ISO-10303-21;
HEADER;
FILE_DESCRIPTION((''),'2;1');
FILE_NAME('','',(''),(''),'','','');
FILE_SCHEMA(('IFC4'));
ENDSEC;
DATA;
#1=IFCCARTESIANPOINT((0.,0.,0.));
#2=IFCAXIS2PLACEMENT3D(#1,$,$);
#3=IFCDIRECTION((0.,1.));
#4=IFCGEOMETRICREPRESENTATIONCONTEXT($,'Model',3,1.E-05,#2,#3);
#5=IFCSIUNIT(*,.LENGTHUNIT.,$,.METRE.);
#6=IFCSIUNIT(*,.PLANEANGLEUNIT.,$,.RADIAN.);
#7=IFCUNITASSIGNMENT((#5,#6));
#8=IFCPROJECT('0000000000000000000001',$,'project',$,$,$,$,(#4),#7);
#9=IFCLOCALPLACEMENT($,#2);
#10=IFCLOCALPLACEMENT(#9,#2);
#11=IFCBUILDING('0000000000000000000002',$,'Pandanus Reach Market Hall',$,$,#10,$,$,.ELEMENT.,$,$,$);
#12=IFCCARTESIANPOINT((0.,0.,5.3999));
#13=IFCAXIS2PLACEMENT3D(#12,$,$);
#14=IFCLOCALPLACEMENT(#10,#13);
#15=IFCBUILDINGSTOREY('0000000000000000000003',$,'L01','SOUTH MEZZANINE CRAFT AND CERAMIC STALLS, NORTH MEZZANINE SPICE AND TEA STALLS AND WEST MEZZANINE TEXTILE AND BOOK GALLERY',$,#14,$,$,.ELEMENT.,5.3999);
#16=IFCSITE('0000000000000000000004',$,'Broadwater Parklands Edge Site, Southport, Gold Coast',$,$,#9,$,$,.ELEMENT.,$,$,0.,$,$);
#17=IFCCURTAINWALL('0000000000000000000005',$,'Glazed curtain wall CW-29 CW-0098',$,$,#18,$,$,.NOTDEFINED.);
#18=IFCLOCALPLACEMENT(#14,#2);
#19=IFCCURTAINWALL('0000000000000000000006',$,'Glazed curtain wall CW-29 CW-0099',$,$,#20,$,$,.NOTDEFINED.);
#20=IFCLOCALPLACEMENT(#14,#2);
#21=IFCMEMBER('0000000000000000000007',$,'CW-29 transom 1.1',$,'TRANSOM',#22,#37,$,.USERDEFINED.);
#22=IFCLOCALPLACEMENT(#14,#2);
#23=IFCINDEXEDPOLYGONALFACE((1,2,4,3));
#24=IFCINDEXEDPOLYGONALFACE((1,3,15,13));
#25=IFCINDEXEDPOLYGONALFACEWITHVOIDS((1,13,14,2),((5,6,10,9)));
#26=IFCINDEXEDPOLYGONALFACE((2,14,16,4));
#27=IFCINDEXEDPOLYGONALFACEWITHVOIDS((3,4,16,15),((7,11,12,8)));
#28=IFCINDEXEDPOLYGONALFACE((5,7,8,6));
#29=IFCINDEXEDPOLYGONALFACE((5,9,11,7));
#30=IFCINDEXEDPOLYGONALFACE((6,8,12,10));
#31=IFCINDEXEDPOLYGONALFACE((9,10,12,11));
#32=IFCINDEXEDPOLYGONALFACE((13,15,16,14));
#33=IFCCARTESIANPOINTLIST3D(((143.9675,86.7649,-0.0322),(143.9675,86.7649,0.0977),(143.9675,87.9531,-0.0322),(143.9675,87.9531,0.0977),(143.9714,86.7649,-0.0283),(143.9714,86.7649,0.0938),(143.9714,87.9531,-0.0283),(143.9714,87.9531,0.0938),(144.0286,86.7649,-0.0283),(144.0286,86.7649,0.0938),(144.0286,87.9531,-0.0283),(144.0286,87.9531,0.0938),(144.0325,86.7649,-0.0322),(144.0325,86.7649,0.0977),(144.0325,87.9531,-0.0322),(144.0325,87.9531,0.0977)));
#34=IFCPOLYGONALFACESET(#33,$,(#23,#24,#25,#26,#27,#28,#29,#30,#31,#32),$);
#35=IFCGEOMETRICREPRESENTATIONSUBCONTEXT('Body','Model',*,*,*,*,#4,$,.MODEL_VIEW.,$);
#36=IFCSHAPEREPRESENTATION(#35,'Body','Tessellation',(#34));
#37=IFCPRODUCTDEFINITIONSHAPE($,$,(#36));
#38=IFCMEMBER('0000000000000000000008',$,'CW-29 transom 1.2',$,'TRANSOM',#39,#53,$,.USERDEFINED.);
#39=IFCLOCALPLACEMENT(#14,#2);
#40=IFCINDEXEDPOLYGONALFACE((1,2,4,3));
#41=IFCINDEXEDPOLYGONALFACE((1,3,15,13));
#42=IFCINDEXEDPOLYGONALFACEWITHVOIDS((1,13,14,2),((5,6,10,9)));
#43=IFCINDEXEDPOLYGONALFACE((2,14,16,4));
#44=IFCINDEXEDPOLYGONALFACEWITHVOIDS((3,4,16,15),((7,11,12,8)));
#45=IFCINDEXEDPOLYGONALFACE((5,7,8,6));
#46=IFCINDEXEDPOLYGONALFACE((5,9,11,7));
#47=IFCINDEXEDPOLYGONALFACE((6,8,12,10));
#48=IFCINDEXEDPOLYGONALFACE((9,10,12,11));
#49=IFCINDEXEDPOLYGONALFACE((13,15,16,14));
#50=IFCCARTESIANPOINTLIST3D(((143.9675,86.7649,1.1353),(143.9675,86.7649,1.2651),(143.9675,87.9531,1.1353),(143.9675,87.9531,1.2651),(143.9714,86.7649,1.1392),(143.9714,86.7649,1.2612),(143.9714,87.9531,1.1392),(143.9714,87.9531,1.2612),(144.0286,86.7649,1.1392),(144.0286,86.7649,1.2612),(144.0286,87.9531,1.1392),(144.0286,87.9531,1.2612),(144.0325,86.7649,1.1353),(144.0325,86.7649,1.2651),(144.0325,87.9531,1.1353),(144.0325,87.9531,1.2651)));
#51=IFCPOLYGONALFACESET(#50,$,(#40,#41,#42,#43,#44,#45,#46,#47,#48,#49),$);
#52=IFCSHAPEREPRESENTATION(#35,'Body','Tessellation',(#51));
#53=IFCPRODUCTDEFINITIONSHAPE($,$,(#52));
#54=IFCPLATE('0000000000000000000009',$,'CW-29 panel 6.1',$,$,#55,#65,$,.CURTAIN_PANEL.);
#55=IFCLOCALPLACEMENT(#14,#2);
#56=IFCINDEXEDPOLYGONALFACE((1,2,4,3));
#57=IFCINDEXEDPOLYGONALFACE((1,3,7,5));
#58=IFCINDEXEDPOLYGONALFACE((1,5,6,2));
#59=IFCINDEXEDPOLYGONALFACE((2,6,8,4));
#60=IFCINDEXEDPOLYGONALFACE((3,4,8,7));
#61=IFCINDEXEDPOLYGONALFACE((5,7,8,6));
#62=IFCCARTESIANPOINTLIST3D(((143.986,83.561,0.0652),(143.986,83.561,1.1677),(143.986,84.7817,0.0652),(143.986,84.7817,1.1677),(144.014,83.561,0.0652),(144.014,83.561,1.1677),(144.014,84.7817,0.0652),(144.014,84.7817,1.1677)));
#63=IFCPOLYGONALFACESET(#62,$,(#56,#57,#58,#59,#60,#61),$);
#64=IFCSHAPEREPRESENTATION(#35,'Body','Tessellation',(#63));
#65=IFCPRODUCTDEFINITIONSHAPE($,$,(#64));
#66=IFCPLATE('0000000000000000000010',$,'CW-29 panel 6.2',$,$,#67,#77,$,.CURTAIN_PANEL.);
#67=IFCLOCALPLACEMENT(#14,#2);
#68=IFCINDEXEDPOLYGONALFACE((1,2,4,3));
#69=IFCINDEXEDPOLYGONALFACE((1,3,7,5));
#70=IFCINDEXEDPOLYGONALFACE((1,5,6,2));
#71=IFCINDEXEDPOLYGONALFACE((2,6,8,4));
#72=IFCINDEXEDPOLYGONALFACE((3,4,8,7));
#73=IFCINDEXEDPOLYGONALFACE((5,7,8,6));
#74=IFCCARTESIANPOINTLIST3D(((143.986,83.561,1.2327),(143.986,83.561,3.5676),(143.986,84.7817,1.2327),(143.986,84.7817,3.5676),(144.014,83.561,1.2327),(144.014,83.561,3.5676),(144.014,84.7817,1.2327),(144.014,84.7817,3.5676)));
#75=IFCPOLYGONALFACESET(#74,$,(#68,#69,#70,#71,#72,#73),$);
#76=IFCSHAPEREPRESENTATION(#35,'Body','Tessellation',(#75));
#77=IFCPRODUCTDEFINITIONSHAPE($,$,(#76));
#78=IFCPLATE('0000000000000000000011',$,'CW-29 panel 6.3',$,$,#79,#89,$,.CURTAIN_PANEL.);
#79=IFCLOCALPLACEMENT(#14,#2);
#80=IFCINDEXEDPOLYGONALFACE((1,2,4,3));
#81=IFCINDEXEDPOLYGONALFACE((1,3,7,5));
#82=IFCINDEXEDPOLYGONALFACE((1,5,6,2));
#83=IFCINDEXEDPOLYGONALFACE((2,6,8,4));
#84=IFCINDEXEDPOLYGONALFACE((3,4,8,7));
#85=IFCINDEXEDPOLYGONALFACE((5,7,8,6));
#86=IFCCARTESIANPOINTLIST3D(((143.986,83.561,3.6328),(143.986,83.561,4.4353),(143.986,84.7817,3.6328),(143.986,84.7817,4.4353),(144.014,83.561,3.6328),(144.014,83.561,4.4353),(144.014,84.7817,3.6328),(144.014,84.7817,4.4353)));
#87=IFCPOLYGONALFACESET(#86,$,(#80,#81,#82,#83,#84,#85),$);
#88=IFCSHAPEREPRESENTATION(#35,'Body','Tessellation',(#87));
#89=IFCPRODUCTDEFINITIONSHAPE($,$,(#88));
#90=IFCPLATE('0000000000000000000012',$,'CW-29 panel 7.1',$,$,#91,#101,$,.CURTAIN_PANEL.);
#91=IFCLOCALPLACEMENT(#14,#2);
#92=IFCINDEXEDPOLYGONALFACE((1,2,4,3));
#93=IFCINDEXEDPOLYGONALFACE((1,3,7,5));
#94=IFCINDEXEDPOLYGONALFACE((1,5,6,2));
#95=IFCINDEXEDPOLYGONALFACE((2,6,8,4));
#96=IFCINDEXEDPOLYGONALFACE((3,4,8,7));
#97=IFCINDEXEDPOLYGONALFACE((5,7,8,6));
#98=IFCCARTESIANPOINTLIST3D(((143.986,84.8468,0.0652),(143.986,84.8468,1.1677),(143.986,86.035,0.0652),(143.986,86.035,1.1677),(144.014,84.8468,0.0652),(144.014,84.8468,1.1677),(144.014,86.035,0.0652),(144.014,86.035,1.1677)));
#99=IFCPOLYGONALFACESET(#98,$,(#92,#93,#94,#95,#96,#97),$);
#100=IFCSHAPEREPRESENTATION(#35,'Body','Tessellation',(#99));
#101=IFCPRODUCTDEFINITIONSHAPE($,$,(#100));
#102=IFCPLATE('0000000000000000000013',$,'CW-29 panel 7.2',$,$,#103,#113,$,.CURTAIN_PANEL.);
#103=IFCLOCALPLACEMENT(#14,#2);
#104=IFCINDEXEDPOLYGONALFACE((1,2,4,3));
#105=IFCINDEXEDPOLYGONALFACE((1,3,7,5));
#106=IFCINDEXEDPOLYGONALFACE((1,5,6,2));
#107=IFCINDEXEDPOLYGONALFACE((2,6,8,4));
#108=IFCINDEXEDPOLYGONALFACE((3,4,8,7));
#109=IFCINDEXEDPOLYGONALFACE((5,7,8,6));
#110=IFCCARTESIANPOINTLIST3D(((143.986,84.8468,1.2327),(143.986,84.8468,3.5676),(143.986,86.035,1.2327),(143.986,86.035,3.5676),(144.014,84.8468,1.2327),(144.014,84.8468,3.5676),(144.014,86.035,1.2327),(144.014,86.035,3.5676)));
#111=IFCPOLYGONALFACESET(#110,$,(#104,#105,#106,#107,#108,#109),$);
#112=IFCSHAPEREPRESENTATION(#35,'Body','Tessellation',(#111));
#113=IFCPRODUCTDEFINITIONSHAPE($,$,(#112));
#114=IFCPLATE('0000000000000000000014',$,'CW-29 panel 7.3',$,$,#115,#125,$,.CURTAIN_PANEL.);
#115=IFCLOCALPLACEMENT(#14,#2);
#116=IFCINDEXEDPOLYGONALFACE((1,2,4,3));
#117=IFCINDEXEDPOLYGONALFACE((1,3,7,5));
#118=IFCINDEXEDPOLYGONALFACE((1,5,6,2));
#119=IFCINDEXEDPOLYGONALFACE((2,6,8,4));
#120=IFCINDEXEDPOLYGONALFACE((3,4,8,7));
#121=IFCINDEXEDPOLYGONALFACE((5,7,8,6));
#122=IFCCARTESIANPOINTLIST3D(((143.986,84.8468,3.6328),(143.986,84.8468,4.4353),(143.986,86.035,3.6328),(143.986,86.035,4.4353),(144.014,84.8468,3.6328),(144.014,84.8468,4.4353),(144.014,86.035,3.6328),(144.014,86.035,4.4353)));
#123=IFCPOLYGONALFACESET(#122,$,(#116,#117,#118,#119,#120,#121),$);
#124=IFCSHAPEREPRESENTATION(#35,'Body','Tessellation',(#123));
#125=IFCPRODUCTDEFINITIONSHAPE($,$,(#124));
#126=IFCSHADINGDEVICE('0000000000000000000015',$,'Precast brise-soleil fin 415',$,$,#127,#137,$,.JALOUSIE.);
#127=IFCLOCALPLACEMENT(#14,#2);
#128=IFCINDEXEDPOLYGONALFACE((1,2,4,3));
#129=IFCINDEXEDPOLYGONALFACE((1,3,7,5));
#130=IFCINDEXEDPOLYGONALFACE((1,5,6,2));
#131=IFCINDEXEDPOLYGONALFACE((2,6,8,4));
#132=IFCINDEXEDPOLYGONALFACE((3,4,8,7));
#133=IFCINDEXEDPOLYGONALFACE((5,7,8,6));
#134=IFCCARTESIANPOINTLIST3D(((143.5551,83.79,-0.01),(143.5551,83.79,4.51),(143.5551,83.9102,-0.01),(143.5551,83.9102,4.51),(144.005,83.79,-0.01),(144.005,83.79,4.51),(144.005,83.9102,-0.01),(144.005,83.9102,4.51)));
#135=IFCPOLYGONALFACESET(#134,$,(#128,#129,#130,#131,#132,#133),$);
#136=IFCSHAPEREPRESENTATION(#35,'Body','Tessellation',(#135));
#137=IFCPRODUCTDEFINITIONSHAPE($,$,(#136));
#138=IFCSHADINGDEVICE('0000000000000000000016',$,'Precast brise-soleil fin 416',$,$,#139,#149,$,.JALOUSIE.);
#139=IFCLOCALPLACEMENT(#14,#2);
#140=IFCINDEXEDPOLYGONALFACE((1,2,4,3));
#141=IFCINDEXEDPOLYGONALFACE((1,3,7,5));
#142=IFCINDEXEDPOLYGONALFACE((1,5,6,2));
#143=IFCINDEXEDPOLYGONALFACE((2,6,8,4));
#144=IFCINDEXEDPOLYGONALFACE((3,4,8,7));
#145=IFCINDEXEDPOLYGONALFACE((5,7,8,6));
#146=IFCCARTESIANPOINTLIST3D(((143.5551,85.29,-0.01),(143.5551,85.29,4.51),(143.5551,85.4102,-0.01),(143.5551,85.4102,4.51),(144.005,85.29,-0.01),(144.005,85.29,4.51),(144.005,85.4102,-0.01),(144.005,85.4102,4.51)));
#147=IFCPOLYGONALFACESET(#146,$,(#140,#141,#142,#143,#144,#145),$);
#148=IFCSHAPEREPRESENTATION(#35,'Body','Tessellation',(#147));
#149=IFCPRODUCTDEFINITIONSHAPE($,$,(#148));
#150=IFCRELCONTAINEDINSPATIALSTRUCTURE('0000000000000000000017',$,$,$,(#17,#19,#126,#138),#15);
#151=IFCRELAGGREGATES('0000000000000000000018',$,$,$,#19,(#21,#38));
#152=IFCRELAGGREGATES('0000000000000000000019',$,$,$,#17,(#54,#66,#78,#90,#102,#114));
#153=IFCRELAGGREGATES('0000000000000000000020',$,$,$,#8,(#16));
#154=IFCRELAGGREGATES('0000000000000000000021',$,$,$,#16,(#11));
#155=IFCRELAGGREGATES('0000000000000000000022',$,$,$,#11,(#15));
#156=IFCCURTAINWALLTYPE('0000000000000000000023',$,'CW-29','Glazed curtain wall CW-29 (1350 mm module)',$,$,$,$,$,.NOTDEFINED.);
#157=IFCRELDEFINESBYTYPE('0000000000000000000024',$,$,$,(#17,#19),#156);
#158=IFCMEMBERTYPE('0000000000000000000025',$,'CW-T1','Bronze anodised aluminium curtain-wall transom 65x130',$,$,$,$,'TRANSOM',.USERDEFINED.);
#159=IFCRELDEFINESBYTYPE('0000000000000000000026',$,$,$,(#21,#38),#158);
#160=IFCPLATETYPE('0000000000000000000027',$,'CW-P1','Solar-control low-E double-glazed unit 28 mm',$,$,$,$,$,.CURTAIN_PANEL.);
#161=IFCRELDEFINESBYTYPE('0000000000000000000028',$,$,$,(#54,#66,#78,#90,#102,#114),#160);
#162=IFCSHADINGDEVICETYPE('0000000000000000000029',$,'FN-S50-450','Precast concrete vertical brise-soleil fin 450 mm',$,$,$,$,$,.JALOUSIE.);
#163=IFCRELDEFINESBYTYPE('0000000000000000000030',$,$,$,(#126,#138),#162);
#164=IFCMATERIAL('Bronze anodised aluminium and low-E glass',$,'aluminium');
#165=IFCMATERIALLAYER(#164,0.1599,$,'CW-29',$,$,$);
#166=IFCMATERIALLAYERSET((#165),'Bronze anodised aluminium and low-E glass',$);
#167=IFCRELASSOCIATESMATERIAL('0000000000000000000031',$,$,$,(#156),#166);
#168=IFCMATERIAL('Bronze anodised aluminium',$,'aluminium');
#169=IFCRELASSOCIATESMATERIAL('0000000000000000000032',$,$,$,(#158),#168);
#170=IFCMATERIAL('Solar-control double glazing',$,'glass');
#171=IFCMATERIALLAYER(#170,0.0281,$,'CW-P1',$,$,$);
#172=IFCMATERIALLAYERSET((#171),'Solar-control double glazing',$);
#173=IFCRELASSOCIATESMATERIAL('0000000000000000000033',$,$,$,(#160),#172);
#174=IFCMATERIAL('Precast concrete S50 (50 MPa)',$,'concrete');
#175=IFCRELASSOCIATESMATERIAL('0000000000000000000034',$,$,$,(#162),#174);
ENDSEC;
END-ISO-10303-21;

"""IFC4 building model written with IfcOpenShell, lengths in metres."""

from ifc_helpers import new_model, si_unit, direction, frame, origin, origin_2d, place, context, subcontext, project, spatial, rectangle, hollow_rectangle, extrude, material, layer, layer_set, material_profile, profile_set, type_object, element, aggregate, save


model = new_model("IFC4")

# Units and contexts
model_context = context("Model", 3, precision=1e-05, world=origin(), true_north=direction((0.0, 1.0)))
body_context = subcontext(model_context, "Body", "Model", "MODEL_VIEW")
ifc_project = project(units=[si_unit("LENGTHUNIT", "METRE"), si_unit("PLANEANGLEUNIT", "RADIAN")], contexts=[model_context])

# Site, building, storey
site_placement = place(None, origin())
site = spatial("IfcSite", under=ifc_project, at=site_placement, Name="Broadwater Parklands Edge Site, Southport, Gold Coast", CompositionType="ELEMENT", RefElevation=0.0)
building_placement = place(site_placement, origin())
building = spatial("IfcBuilding", under=site, at=building_placement, Name="Pandanus Reach Market Hall", CompositionType="ELEMENT")
storey_placement = place(building_placement, frame((0.0, 0.0, 5.3999)))
storey = spatial("IfcBuildingStorey", under=building, at=storey_placement, Name="L01", Description="SOUTH MEZZANINE CRAFT AND CERAMIC STALLS, NORTH MEZZANINE SPICE AND TEA STALLS AND WEST MEZZANINE TEXTILE AND BOOK GALLERY", CompositionType="ELEMENT", Elevation=5.3999)

# Curtain wall
ifc_material_1 = material(Name="Bronze anodised aluminium and low-E glass", Category="aluminium")
ifc_layer_1 = layer(ifc_material_1, 0.1599, Name="CW-29")
ifc_layer_set_1 = layer_set([ifc_layer_1], Name="Bronze anodised aluminium and low-E glass")
curtain_wall_type = type_object("IfcCurtainWallType", Name="CW-29", Description="Glazed curtain wall CW-29 (1350 mm module)", PredefinedType="NOTDEFINED", material=ifc_layer_set_1)
curtain_wall_1_placement = place(storey_placement, origin())
curtain_wall_1 = element("IfcCurtainWall", 1, at=curtain_wall_1_placement, inside=storey, type_object=curtain_wall_type, Name="Glazed curtain wall CW-29 CW-0098", PredefinedType="NOTDEFINED")
ifc_material_2 = material(Name="Bronze anodised aluminium", Category="aluminium")

# Curtain wall
curtain_wall_2_placement = place(storey_placement, origin())
curtain_wall_2 = element("IfcCurtainWall", 2, at=curtain_wall_2_placement, inside=storey, type_object=curtain_wall_type, Name="Glazed curtain wall CW-29 CW-0099", PredefinedType="NOTDEFINED")

# Members
ifc_material_profile_1 = material_profile(ifc_material_2, hollow_rectangle(XDim=0.0649, YDim=0.1299, WallThickness=0.0039, at=origin_2d()), Name="ALU65x130", Category="LoadBearing")
ifc_profile_set_1 = profile_set([ifc_material_profile_1], Name="Bronze anodised aluminium")
member_type_1 = type_object("IfcMemberType", Name="CW-T1", Description="Bronze anodised aluminium curtain-wall transom 65x130", ElementType="TRANSOM", PredefinedType="USERDEFINED", material=ifc_profile_set_1)
member_1_placement = place(storey_placement, frame((144.0, 86.7649, 0.0327), z_axis=(0.0, 1.0, 0.0), x_axis=(-1.0, 0.0, 0.0)))
member_1 = element("IfcMember", 3, at=member_1_placement, type_object=member_type_1, Name="CW-29 transom 1.1", ObjectType="TRANSOM", PredefinedType="USERDEFINED", context=body_context, shape_type="SweptSolid", body=[
    extrude(hollow_rectangle(XDim=0.0649, YDim=0.1299, WallThickness=0.0039, at=origin_2d()), origin(), (0.0, 0.0, 1.0), 1.1882),
])
member_2_placement = place(storey_placement, frame((144.0, 86.7649, 1.2002), z_axis=(0.0, 1.0, 0.0), x_axis=(-1.0, 0.0, 0.0)))
member_2 = element("IfcMember", 4, at=member_2_placement, type_object=member_type_1, Name="CW-29 transom 1.2", ObjectType="TRANSOM", PredefinedType="USERDEFINED", context=body_context, shape_type="SweptSolid", body=[
    extrude(hollow_rectangle(XDim=0.0649, YDim=0.1299, WallThickness=0.0039, at=origin_2d()), origin(), (0.0, 0.0, 1.0), 1.1882),
])
aggregate(curtain_wall_2, [member_1, member_2])

# Plates
ifc_material_3 = material(Name="Solar-control double glazing", Category="glass")
ifc_layer_2 = layer(ifc_material_3, 0.0281, Name="CW-P1")
ifc_layer_set_2 = layer_set([ifc_layer_2], Name="Solar-control double glazing")
plate_type = type_object("IfcPlateType", Name="CW-P1", Description="Solar-control low-E double-glazed unit 28 mm", PredefinedType="CURTAIN_PANEL", material=ifc_layer_set_2)
plate_1_placement = place(storey_placement, frame((144.0, 84.1714, 0.0652), z_axis=(0.0, 0.0, 1.0), x_axis=(0.0, 1.0, 0.0)))
plate_1 = element("IfcPlate", 5, at=plate_1_placement, type_object=plate_type, Name="CW-29 panel 6.1", PredefinedType="CURTAIN_PANEL", context=body_context, shape_type="SweptSolid", body=[
    extrude(rectangle(XDim=1.2207, YDim=0.0281, at=origin_2d()), origin(), (0.0, 0.0, 1.0), 1.1025),
])
plate_2_placement = place(storey_placement, frame((144.0, 84.1714, 1.2327), z_axis=(0.0, 0.0, 1.0), x_axis=(0.0, 1.0, 0.0)))
plate_2 = element("IfcPlate", 6, at=plate_2_placement, type_object=plate_type, Name="CW-29 panel 6.2", PredefinedType="CURTAIN_PANEL", context=body_context, shape_type="SweptSolid", body=[
    extrude(rectangle(XDim=1.2207, YDim=0.0281, at=origin_2d()), origin(), (0.0, 0.0, 1.0), 2.335),
])
plate_3_placement = place(storey_placement, frame((144.0, 84.1714, 3.6328), z_axis=(0.0, 0.0, 1.0), x_axis=(0.0, 1.0, 0.0)))
plate_3 = element("IfcPlate", 7, at=plate_3_placement, type_object=plate_type, Name="CW-29 panel 6.3", PredefinedType="CURTAIN_PANEL", context=body_context, shape_type="SweptSolid", body=[
    extrude(rectangle(XDim=1.2207, YDim=0.0281, at=origin_2d()), origin(), (0.0, 0.0, 1.0), 0.8025),
])
plate_4_placement = place(storey_placement, frame((144.0, 85.4409, 0.0652), z_axis=(0.0, 0.0, 1.0), x_axis=(0.0, 1.0, 0.0)))
plate_4 = element("IfcPlate", 8, at=plate_4_placement, type_object=plate_type, Name="CW-29 panel 7.1", PredefinedType="CURTAIN_PANEL", context=body_context, shape_type="SweptSolid", body=[
    extrude(rectangle(XDim=1.1882, YDim=0.0281, at=origin_2d()), origin(), (0.0, 0.0, 1.0), 1.1025),
])
plate_5_placement = place(storey_placement, frame((144.0, 85.4409, 1.2327), z_axis=(0.0, 0.0, 1.0), x_axis=(0.0, 1.0, 0.0)))
plate_5 = element("IfcPlate", 9, at=plate_5_placement, type_object=plate_type, Name="CW-29 panel 7.2", PredefinedType="CURTAIN_PANEL", context=body_context, shape_type="SweptSolid", body=[
    extrude(rectangle(XDim=1.1882, YDim=0.0281, at=origin_2d()), origin(), (0.0, 0.0, 1.0), 2.335),
])
plate_6_placement = place(storey_placement, frame((144.0, 85.4409, 3.6328), z_axis=(0.0, 0.0, 1.0), x_axis=(0.0, 1.0, 0.0)))
plate_6 = element("IfcPlate", 10, at=plate_6_placement, type_object=plate_type, Name="CW-29 panel 7.3", PredefinedType="CURTAIN_PANEL", context=body_context, shape_type="SweptSolid", body=[
    extrude(rectangle(XDim=1.1882, YDim=0.0281, at=origin_2d()), origin(), (0.0, 0.0, 1.0), 0.8025),
])
aggregate(curtain_wall_1, [plate_1, plate_2, plate_3, plate_4, plate_5, plate_6])

# Shading devices
ifc_material_4 = material(Name="Precast concrete S50 (50 MPa)", Category="concrete")
shading_device_type = type_object("IfcShadingDeviceType", Name="FN-S50-450", Description="Precast concrete vertical brise-soleil fin 450 mm", PredefinedType="JALOUSIE", material=ifc_material_4)
for number, where, z_axis, x_axis, name in (
    (11, (143.78, 83.8501, -0.01), (0.0, 0.0, 1.0), (-1.0, 0.0, 0.0), "Precast brise-soleil fin 415"),
    (12, (143.78, 85.3501, -0.01), (0.0, 0.0, 1.0), (-1.0, 0.0, 0.0), "Precast brise-soleil fin 416"),
):
    element("IfcShadingDevice", number, at=place(storey_placement, frame(where, z_axis=z_axis, x_axis=x_axis)), inside=storey, type_object=shading_device_type, Name=name, PredefinedType="JALOUSIE", context=body_context, shape_type="SweptSolid", body=[
        extrude(rectangle(XDim=0.45, YDim=0.1201, at=origin_2d()), origin(), (0.0, 0.0, 1.0), 4.52),
    ])

save(model, "model.ifc")
